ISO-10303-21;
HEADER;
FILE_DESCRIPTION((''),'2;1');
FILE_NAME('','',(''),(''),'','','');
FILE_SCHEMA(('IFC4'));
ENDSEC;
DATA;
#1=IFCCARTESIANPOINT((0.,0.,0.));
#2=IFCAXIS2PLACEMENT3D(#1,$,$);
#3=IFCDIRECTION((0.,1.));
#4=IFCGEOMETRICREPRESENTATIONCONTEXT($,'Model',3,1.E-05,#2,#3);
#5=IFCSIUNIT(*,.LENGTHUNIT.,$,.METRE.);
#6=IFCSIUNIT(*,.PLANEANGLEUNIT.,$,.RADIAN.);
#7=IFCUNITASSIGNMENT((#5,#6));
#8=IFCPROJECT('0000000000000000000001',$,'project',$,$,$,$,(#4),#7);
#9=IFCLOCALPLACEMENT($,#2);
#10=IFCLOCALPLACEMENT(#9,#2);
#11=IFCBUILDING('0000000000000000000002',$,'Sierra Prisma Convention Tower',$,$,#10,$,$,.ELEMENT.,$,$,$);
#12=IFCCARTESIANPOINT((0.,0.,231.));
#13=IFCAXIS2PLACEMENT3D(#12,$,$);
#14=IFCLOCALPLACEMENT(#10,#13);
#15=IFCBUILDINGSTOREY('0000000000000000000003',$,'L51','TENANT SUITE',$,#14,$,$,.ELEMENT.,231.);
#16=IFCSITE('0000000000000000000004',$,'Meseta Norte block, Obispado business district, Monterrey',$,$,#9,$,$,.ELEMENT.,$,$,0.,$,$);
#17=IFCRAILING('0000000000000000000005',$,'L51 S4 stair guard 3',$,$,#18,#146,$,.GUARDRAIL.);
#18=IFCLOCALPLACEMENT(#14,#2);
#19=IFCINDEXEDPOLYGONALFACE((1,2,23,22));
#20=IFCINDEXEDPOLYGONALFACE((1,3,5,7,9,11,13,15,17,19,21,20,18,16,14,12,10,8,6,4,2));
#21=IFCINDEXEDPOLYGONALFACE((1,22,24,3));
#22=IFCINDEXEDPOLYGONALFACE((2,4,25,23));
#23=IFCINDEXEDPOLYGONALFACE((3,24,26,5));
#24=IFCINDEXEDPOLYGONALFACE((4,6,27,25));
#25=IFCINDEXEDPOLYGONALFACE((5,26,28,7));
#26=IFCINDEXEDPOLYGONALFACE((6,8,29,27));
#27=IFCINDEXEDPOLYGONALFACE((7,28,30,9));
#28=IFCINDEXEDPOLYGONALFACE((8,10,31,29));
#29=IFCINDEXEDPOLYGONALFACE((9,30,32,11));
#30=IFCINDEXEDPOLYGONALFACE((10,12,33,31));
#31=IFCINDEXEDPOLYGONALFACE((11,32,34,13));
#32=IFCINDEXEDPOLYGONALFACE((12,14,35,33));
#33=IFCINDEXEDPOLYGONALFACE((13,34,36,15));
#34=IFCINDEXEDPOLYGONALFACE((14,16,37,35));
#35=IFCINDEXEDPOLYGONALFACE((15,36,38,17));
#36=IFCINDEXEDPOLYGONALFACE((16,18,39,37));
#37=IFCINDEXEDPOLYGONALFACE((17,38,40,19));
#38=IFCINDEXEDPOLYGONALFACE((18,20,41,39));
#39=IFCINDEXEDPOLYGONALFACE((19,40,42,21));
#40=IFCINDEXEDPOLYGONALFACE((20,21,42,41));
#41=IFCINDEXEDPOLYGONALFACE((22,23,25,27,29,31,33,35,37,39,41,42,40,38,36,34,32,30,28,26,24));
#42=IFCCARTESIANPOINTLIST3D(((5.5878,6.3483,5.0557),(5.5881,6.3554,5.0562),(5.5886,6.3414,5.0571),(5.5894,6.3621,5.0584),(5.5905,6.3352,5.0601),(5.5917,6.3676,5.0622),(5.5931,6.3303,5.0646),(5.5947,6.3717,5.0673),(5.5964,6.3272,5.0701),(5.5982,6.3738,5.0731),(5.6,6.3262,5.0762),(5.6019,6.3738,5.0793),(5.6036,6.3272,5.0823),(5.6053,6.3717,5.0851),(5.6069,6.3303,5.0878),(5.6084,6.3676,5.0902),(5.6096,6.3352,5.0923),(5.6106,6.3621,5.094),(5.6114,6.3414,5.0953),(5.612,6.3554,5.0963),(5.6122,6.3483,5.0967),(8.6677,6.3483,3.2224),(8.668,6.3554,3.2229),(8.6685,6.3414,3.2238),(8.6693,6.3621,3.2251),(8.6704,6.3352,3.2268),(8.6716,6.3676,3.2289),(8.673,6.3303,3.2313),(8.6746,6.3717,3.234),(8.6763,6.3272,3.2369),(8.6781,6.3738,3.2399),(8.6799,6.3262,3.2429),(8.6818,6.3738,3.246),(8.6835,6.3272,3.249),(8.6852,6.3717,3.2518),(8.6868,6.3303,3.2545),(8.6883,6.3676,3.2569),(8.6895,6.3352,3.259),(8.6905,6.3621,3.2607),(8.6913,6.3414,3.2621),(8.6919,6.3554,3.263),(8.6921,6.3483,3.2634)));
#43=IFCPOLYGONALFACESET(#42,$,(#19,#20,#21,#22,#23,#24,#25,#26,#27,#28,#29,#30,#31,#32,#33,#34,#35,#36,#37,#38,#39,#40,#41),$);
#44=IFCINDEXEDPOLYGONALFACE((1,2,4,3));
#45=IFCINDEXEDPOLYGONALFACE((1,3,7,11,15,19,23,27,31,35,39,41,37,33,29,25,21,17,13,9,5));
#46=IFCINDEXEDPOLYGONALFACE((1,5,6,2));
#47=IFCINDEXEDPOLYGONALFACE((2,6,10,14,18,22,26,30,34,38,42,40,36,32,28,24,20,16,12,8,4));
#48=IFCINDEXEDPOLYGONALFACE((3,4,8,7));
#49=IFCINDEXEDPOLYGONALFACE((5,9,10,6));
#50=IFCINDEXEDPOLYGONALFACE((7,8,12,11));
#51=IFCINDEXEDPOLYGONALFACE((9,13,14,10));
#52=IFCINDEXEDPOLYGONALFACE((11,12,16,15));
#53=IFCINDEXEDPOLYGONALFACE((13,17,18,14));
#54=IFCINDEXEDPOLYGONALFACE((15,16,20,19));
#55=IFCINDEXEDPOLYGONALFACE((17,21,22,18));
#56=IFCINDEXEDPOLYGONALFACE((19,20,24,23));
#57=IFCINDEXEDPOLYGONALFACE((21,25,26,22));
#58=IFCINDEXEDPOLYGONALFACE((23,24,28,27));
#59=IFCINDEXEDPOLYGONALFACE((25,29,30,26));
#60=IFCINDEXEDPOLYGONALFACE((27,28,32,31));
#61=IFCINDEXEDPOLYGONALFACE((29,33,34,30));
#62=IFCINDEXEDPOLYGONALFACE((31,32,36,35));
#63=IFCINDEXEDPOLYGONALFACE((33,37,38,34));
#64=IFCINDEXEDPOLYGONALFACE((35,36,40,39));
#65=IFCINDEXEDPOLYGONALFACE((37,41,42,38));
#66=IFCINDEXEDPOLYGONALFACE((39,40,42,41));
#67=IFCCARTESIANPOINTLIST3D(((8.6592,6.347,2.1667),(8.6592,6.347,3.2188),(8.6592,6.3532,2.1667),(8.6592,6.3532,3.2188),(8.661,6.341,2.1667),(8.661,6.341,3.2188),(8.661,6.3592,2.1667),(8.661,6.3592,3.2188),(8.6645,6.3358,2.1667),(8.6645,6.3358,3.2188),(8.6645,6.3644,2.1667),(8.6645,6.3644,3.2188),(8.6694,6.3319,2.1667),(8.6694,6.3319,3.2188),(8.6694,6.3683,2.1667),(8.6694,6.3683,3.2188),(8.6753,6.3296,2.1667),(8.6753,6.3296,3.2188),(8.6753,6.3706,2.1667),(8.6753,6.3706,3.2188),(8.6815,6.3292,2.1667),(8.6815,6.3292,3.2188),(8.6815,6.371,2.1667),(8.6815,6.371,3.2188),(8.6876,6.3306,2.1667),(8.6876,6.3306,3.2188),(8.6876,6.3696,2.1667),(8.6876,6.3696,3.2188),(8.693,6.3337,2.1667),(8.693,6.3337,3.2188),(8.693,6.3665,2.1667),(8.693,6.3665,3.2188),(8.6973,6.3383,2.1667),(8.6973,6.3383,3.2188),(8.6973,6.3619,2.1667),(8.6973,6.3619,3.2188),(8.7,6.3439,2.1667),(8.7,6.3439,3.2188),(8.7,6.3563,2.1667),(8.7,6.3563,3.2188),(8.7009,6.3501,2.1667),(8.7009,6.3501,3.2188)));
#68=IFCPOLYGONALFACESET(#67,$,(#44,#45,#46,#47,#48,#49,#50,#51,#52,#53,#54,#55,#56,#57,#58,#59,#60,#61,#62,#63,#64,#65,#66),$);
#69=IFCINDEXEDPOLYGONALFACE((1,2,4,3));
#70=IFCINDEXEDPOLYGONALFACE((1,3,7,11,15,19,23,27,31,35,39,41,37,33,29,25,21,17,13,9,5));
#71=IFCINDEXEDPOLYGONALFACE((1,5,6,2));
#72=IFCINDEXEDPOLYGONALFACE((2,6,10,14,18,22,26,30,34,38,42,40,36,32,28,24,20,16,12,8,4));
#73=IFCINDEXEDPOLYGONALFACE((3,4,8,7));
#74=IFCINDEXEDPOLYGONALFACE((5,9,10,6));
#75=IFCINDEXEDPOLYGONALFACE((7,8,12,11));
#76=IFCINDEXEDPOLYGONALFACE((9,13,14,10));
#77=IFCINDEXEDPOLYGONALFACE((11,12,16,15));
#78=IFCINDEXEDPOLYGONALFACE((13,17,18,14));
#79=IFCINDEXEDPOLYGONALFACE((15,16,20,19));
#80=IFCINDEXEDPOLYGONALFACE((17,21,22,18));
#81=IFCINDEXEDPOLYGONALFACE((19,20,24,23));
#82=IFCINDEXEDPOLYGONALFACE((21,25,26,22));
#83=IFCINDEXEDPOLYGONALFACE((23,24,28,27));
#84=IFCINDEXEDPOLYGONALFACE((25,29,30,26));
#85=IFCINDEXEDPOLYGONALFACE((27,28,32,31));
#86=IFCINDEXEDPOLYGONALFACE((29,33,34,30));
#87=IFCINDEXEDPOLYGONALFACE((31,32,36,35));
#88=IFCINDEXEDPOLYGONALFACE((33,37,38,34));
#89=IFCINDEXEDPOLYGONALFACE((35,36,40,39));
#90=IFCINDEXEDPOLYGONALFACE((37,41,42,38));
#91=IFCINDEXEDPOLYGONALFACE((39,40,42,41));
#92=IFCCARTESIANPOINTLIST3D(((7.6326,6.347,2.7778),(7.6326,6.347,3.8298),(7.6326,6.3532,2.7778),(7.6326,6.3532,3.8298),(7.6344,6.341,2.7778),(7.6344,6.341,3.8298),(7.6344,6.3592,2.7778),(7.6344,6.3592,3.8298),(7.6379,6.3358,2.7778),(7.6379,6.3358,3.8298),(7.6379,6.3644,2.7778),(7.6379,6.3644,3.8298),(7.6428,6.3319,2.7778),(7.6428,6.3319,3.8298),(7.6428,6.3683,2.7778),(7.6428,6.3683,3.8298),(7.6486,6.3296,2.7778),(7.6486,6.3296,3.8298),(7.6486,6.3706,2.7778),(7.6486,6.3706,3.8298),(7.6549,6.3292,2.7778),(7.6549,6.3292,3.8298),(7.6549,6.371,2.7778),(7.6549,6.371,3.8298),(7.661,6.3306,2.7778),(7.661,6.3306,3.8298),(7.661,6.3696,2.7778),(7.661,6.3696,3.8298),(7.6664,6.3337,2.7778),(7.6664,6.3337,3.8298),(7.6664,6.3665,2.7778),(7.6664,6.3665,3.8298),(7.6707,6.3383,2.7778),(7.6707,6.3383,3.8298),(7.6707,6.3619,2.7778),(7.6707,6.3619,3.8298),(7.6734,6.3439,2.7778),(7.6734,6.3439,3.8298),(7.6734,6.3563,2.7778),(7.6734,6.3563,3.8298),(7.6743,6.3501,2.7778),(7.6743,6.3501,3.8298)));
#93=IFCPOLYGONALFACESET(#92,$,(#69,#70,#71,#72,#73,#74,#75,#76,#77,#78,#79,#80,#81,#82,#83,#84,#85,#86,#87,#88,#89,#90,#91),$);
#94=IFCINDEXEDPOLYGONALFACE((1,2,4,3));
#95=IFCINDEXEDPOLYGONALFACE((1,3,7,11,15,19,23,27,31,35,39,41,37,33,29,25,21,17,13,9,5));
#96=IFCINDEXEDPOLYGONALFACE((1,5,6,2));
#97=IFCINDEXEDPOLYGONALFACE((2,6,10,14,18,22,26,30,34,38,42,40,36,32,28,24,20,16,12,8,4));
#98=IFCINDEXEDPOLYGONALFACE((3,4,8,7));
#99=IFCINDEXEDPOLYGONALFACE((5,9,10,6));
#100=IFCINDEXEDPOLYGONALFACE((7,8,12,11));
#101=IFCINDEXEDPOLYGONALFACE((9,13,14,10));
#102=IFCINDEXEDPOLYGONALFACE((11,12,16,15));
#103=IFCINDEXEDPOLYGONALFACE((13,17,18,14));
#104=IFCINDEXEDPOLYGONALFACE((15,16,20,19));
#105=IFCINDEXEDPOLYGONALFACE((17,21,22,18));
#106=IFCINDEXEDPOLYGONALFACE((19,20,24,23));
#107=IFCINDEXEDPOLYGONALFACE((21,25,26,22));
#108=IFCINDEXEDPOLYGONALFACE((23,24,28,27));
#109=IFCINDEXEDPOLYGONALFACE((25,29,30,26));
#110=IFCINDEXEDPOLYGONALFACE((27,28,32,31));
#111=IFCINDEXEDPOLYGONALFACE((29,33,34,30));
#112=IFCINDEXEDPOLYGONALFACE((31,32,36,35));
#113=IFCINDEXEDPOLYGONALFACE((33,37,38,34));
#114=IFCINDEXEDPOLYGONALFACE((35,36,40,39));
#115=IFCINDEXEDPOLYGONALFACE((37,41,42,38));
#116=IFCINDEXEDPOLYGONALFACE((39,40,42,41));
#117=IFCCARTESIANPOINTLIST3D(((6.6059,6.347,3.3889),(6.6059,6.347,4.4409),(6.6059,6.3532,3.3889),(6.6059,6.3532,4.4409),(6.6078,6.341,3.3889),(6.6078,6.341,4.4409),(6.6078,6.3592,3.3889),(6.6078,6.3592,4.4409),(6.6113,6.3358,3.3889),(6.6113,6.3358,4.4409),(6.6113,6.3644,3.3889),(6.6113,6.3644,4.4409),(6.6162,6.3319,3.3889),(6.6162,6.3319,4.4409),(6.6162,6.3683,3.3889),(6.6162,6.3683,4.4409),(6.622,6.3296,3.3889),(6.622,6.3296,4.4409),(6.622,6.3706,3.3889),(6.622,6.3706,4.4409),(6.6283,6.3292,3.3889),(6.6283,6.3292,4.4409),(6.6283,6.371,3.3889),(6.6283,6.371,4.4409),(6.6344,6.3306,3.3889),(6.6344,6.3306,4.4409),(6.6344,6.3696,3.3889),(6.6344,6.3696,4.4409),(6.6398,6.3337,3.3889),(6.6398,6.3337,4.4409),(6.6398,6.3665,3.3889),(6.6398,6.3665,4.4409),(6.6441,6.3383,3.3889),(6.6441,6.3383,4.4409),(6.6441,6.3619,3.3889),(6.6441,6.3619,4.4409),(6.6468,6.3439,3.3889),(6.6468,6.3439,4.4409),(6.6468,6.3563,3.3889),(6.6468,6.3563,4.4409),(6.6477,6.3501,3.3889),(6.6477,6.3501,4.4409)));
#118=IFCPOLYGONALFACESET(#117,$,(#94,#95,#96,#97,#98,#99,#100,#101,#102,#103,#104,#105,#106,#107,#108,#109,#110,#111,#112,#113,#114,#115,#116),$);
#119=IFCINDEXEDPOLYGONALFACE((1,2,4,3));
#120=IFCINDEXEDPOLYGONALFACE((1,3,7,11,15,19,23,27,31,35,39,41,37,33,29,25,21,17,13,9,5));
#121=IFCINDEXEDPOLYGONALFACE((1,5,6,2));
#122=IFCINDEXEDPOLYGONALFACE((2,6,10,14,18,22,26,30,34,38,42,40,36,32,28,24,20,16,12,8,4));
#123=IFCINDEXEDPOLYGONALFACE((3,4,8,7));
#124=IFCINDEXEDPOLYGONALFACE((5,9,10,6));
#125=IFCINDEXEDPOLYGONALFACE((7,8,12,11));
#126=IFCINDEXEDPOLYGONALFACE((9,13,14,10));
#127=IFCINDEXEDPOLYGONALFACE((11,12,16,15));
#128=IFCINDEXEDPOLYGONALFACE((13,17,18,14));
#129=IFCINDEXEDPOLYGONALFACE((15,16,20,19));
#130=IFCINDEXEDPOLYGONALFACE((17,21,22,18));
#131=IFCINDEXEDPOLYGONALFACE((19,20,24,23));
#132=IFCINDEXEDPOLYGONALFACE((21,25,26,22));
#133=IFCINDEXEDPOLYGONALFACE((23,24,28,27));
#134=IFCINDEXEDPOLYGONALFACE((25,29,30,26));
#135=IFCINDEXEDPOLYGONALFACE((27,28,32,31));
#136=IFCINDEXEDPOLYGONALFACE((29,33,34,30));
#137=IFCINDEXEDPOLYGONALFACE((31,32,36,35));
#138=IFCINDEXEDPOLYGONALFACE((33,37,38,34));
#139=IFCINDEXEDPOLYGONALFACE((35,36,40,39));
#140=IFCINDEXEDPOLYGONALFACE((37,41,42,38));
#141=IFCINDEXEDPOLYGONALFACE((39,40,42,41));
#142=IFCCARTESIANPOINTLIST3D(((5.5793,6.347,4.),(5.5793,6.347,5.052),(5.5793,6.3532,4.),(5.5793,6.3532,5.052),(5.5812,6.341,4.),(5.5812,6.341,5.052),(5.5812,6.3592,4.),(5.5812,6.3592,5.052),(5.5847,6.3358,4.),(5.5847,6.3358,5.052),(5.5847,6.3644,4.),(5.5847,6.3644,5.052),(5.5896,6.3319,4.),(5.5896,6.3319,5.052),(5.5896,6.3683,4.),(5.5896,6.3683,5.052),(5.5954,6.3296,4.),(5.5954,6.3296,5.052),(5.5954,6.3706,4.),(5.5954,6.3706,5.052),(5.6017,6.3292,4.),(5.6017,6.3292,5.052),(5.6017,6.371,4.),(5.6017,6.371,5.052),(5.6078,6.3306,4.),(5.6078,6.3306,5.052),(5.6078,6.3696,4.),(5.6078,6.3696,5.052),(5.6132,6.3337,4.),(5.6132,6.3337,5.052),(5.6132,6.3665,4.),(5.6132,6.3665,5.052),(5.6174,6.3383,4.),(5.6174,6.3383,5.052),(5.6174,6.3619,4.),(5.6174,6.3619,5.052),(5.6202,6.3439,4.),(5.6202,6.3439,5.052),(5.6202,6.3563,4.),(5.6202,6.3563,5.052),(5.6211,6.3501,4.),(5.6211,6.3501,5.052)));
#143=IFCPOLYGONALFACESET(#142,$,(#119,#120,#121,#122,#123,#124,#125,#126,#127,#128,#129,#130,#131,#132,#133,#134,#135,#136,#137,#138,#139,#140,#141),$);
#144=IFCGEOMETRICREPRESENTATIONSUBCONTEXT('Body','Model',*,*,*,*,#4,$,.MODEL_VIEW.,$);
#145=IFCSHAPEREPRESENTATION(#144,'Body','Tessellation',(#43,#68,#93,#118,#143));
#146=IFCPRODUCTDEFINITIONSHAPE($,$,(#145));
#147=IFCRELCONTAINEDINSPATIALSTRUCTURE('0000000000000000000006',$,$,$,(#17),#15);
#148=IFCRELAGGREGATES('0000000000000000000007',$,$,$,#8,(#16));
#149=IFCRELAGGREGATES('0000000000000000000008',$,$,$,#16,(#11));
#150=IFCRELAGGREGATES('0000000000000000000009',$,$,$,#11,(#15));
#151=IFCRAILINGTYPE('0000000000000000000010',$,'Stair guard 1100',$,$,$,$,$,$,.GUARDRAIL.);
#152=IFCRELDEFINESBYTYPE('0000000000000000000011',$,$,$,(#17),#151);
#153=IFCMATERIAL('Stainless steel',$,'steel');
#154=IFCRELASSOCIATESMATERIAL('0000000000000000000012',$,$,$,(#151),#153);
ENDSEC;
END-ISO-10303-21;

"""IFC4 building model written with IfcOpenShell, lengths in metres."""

from ifc_helpers import new_model, si_unit, direction, frame, origin, origin_2d, place, context, subcontext, project, spatial, circle, extrude, material, type_object, element, save


model = new_model("IFC4")

# Units and contexts
model_context = context("Model", 3, precision=1e-05, world=origin(), true_north=direction((0.0, 1.0)))
body_context = subcontext(model_context, "Body", "Model", "MODEL_VIEW")
ifc_project = project(units=[si_unit("LENGTHUNIT", "METRE"), si_unit("PLANEANGLEUNIT", "RADIAN")], contexts=[model_context])

# Site, building, storey
site_placement = place(None, origin())
site = spatial("IfcSite", under=ifc_project, at=site_placement, Name="Meseta Norte block, Obispado business district, Monterrey", CompositionType="ELEMENT", RefElevation=0.0)
building_placement = place(site_placement, origin())
building = spatial("IfcBuilding", under=site, at=building_placement, Name="Sierra Prisma Convention Tower", CompositionType="ELEMENT")
storey_placement = place(building_placement, frame((0.0, 0.0, 231.0)))
storey = spatial("IfcBuildingStorey", under=building, at=storey_placement, Name="L51", Description="TENANT SUITE", CompositionType="ELEMENT", Elevation=231.0)

# Railing
ifc_material_1 = material(Name="Stainless steel", Category="steel")
railing_type_1 = type_object("IfcRailingType", Name="Stair guard 1100", PredefinedType="GUARDRAIL", material=ifc_material_1)
railing_1_placement = place(storey_placement, frame((8.6799, 6.3501, 2.1667)))
element("IfcRailing", 1, at=railing_1_placement, inside=storey, type_object=railing_type_1, Name="L51 S4 stair guard 3", PredefinedType="GUARDRAIL", context=body_context, shape_type="SweptSolid", body=[
    extrude(circle(Radius=0.0239, at=origin_2d()), frame((0.0, 0.0, 1.0762), z_axis=(-0.859291, 0.0, 0.511487), x_axis=(0.0, -1.0, 0.0)), (0.0, 0.0, 1.0), 3.5842),
    extrude(circle(Radius=0.021, at=origin_2d()), origin(), (0.0, 0.0, 1.0), 1.052),
    extrude(circle(Radius=0.021, at=origin_2d()), frame((-1.0266, 0.0, 0.6111)), (0.0, 0.0, 1.0), 1.052),
    extrude(circle(Radius=0.021, at=origin_2d()), frame((-2.0532, 0.0, 1.2222)), (0.0, 0.0, 1.0), 1.052),
    extrude(circle(Radius=0.021, at=origin_2d()), frame((-3.0798, 0.0, 1.8333)), (0.0, 0.0, 1.0), 1.052),
])

save(model, "model.ifc")
